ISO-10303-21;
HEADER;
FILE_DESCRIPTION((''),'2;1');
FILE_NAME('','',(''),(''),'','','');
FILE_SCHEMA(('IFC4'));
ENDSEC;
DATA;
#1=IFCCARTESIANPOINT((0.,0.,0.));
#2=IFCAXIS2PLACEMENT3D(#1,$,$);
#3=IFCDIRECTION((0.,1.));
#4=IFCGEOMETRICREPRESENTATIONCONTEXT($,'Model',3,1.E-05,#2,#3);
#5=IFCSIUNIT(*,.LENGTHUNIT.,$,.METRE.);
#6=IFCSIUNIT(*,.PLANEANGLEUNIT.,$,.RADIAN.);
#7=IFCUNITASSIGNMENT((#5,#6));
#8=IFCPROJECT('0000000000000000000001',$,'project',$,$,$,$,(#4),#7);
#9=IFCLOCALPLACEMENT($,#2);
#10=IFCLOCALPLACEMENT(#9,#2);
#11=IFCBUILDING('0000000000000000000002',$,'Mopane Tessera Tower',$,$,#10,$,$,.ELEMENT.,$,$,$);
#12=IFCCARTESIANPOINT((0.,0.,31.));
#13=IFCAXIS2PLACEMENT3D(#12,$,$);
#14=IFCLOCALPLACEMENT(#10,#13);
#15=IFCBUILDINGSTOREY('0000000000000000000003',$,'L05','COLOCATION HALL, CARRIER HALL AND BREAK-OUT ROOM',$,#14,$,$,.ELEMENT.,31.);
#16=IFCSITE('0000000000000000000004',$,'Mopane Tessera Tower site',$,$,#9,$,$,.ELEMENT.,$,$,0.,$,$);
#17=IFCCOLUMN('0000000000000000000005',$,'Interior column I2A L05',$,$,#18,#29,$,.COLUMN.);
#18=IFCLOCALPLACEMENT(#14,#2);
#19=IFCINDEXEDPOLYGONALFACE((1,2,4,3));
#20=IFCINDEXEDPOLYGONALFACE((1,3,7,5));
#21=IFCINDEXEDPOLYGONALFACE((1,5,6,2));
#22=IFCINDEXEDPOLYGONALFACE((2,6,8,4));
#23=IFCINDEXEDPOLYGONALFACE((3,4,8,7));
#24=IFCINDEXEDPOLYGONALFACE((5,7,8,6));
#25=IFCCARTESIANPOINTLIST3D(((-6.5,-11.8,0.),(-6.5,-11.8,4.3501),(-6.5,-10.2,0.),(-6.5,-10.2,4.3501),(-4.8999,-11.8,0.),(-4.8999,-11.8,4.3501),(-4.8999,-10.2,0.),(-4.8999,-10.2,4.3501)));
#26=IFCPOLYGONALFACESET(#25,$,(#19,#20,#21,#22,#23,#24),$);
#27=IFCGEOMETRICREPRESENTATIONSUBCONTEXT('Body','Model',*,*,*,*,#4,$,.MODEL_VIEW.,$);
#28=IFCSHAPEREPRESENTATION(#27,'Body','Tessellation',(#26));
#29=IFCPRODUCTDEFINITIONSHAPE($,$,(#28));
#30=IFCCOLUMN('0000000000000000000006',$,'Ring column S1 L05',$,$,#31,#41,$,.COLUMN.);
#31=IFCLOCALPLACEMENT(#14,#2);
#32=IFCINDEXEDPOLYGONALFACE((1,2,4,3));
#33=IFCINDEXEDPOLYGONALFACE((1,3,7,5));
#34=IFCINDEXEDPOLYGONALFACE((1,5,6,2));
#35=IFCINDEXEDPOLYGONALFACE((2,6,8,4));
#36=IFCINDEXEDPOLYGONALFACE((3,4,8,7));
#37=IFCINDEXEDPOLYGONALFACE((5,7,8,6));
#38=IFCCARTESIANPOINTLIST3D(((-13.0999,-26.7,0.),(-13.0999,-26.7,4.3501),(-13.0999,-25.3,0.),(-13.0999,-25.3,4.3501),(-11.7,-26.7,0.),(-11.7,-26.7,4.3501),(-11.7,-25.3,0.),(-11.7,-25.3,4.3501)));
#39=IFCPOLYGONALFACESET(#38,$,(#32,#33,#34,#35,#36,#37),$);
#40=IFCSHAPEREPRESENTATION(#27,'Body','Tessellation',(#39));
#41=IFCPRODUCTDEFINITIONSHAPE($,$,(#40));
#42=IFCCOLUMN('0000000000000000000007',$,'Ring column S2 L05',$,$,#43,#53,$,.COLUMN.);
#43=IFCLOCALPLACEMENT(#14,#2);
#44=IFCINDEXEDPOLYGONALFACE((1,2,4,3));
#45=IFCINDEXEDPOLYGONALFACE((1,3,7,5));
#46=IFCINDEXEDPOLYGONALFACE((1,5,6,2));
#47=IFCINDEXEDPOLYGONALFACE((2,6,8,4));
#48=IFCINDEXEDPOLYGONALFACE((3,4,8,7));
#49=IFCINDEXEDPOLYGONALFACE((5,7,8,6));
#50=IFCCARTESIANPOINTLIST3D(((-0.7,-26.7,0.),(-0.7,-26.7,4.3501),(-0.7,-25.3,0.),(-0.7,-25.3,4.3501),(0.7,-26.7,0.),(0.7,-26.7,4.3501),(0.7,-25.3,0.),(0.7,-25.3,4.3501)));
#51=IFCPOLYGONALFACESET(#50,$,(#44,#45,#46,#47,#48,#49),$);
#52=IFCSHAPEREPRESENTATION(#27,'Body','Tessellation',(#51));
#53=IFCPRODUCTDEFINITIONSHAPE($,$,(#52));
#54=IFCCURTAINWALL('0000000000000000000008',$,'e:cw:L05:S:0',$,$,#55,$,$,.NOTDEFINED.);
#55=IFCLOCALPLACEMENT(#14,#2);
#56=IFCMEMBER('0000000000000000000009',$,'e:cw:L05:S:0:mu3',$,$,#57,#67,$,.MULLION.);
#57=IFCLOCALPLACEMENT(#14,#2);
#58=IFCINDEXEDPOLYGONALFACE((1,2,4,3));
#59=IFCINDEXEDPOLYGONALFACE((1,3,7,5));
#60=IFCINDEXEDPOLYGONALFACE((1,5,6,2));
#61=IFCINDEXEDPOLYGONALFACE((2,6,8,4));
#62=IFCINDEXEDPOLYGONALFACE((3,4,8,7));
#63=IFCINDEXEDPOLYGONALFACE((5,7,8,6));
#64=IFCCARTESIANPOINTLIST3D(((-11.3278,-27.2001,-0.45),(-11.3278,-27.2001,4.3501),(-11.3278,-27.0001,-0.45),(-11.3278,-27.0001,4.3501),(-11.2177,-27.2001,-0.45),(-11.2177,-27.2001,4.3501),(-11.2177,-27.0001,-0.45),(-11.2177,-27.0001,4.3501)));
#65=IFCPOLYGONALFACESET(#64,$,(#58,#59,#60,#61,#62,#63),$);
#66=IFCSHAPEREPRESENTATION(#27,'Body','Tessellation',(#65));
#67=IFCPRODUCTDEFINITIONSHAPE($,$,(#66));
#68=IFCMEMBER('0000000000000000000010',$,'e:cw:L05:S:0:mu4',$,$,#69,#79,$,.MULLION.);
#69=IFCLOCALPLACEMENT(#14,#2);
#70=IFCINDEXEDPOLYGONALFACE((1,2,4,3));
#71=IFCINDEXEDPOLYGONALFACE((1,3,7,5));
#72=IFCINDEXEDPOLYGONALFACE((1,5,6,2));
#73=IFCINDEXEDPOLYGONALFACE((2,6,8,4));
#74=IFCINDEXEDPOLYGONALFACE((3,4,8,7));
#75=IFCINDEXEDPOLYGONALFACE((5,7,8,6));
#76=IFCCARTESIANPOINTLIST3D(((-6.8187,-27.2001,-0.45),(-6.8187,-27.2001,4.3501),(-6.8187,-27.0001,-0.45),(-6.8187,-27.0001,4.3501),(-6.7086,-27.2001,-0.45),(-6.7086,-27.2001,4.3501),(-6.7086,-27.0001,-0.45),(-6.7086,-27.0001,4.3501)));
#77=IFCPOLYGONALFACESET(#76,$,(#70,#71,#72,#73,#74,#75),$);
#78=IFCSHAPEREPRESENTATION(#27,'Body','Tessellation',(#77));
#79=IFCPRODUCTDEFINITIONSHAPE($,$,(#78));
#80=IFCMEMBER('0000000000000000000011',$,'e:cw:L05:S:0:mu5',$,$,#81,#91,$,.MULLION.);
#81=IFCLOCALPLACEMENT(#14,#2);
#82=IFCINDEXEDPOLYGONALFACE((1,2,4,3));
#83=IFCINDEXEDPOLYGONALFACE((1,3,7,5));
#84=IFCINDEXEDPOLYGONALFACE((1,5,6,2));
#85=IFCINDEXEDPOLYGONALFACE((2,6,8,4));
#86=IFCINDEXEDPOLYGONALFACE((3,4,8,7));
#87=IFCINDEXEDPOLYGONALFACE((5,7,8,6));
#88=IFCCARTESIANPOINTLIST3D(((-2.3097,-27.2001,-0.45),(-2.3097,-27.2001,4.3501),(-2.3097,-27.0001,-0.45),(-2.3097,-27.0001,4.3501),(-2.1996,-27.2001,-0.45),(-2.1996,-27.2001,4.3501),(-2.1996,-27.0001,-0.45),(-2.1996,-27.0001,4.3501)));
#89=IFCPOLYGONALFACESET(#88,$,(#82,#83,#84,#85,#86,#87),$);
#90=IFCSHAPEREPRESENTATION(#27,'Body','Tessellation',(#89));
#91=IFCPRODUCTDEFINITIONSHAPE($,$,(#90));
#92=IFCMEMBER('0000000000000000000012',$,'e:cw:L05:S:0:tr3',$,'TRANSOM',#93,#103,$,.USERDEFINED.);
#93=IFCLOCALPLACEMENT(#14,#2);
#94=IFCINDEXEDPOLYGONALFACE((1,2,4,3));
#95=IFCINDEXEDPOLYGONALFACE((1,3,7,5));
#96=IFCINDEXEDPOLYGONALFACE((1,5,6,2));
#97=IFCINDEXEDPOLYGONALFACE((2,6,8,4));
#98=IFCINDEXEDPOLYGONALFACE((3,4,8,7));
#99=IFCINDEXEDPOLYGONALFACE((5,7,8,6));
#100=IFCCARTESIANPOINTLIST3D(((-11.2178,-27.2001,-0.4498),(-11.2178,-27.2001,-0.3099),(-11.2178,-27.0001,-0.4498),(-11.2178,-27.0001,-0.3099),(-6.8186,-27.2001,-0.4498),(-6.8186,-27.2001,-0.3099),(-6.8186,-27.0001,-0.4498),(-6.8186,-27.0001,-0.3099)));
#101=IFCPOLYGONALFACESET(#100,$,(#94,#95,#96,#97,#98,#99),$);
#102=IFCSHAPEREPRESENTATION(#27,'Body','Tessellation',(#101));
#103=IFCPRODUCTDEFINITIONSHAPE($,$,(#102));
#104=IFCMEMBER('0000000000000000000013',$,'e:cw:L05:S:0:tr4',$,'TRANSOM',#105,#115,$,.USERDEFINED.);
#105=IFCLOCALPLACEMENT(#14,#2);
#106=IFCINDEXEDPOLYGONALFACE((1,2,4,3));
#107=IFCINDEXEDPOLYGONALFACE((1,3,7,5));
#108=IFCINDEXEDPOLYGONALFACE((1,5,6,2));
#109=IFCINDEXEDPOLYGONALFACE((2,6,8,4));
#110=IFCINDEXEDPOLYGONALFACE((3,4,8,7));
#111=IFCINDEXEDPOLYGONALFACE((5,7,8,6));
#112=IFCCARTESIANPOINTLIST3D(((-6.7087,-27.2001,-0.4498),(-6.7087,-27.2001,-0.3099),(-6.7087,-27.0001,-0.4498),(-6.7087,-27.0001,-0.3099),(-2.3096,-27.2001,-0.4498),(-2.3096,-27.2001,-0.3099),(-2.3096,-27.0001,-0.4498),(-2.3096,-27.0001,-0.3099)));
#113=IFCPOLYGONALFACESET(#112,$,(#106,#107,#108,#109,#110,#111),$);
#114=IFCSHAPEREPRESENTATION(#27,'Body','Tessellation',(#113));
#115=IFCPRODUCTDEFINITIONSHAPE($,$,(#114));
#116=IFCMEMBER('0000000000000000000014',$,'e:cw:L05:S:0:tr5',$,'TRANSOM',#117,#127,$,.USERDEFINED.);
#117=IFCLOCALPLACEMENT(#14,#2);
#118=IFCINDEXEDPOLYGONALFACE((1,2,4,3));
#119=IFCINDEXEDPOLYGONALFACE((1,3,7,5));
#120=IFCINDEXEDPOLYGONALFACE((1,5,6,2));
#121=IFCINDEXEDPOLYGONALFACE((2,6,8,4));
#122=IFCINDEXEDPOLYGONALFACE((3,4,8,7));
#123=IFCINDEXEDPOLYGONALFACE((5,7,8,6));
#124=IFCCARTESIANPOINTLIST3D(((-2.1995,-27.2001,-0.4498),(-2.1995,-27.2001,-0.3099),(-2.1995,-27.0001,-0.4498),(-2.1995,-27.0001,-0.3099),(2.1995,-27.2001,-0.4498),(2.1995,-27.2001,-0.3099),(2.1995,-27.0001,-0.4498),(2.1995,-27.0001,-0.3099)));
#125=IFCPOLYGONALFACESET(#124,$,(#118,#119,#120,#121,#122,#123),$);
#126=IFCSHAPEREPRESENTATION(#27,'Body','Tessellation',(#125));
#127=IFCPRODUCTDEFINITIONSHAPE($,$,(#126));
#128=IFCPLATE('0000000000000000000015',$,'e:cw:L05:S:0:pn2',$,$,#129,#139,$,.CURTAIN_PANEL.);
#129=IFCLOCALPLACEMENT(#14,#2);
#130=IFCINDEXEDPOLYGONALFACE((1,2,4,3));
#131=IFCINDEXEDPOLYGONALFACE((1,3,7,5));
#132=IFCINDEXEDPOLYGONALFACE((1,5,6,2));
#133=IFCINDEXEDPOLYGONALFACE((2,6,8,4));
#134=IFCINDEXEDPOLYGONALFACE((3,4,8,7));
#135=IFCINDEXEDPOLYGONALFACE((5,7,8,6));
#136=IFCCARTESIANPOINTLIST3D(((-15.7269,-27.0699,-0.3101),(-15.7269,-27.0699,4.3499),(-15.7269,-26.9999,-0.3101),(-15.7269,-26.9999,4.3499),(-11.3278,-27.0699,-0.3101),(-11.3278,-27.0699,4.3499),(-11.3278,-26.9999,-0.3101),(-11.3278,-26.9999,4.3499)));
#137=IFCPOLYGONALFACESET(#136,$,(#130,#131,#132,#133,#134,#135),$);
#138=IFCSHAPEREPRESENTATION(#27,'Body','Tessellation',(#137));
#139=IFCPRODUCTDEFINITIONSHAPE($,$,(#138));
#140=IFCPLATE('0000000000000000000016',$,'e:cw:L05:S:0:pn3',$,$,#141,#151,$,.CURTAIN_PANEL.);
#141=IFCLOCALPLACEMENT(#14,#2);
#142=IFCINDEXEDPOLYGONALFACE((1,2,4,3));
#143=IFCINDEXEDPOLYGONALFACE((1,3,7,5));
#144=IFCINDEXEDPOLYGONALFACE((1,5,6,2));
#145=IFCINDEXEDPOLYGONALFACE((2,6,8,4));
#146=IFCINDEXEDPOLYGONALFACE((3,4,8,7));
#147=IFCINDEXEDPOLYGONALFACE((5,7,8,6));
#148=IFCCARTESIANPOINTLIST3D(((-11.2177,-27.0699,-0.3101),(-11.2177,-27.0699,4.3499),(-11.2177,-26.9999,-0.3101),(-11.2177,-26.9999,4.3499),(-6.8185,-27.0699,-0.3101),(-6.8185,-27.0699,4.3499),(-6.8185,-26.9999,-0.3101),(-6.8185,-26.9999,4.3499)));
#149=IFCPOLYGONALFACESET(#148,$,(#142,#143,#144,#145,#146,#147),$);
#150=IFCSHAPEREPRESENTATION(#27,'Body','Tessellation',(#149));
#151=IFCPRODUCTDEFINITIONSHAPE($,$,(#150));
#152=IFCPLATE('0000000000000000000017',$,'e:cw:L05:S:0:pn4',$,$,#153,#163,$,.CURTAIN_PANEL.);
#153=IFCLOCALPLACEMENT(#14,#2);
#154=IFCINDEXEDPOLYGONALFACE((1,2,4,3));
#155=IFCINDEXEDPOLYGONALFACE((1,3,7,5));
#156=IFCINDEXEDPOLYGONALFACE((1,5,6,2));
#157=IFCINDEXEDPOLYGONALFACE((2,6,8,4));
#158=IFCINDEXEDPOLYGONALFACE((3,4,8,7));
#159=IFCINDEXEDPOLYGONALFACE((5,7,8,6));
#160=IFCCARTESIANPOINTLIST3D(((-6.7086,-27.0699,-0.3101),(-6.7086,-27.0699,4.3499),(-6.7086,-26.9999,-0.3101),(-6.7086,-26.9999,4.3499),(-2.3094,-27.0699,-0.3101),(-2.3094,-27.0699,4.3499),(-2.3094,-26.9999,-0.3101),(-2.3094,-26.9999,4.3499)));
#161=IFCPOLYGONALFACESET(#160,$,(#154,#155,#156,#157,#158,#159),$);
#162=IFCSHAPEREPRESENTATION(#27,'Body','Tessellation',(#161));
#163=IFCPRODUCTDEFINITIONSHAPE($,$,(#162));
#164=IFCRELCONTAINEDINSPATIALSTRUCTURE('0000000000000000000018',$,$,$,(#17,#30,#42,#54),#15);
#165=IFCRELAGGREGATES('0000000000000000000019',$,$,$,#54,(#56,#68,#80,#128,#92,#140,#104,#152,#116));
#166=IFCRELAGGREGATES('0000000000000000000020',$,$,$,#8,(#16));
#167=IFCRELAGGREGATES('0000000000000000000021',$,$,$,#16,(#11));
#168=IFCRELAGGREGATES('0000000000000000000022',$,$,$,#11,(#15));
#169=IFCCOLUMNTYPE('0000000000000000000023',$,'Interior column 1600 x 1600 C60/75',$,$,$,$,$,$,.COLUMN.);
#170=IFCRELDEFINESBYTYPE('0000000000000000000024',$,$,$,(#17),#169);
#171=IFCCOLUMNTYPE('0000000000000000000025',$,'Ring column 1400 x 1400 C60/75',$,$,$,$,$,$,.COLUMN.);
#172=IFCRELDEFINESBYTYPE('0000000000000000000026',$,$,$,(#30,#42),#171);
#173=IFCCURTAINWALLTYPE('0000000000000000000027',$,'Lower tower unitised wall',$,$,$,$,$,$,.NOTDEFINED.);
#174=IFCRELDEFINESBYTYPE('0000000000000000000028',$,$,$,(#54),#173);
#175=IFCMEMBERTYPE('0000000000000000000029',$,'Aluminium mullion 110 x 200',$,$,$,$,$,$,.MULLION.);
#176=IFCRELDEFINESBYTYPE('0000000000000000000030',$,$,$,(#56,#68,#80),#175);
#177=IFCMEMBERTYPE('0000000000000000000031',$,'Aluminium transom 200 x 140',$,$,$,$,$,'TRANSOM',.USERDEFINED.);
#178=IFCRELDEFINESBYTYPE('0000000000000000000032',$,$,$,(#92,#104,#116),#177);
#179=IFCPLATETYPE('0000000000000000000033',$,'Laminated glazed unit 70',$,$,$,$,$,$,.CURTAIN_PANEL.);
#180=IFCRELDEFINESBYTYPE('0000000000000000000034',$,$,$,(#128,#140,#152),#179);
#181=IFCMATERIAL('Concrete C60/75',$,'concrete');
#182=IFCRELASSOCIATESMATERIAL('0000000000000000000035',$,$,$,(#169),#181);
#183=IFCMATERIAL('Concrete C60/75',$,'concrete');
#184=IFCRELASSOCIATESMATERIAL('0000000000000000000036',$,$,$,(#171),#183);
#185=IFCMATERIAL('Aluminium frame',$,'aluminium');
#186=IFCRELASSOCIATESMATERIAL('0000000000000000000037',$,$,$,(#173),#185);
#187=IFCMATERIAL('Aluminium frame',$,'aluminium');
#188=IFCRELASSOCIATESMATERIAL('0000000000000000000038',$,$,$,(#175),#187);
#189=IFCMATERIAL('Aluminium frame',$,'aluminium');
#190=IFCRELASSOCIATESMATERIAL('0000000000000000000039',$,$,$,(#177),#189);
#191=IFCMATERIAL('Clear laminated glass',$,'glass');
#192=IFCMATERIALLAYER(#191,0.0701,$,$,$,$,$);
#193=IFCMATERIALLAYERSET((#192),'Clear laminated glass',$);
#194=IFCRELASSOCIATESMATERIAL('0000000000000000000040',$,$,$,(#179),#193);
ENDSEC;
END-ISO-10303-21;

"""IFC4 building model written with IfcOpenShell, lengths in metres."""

from ifc_helpers import new_model, si_unit, direction, frame, origin, origin_2d, place, context, subcontext, project, spatial, rectangle, extrude, material, layer, layer_set, material_profile, profile_set, type_object, element, aggregate, save


model = new_model("IFC4")

# Units and contexts
model_context = context("Model", 3, precision=1e-05, world=origin(), true_north=direction((0.0, 1.0)))
body_context = subcontext(model_context, "Body", "Model", "MODEL_VIEW")
ifc_project = project(units=[si_unit("LENGTHUNIT", "METRE"), si_unit("PLANEANGLEUNIT", "RADIAN")], contexts=[model_context])

# Site, building, storey
site_placement = place(None, origin())
site = spatial("IfcSite", under=ifc_project, at=site_placement, Name="Mopane Tessera Tower site", CompositionType="ELEMENT", RefElevation=0.0)
building_placement = place(site_placement, origin())
building = spatial("IfcBuilding", under=site, at=building_placement, Name="Mopane Tessera Tower", CompositionType="ELEMENT")
storey_placement = place(building_placement, frame((0.0, 0.0, 31.0)))
storey = spatial("IfcBuildingStorey", under=building, at=storey_placement, Name="L05", Description="COLOCATION HALL, CARRIER HALL AND BREAK-OUT ROOM", CompositionType="ELEMENT", Elevation=31.0)

# Columns
ifc_material_1 = material(Name="Concrete C60/75", Category="concrete")
ifc_material_profile_1 = material_profile(ifc_material_1, rectangle(XDim=1.6001, YDim=1.6001, at=origin_2d()))
ifc_profile_set_1 = profile_set([ifc_material_profile_1], Name="Concrete C60/75")
column_type_1 = type_object("IfcColumnType", Name="Interior column 1600 x 1600 C60/75", PredefinedType="COLUMN", material=ifc_profile_set_1)
column_placement = place(storey_placement, frame((-5.7, -11.0, 0.0), z_axis=(0.0, 0.0, 1.0), x_axis=(1.0, 0.0, 0.0)))
element("IfcColumn", 1, at=column_placement, inside=storey, type_object=column_type_1, Name="Interior column I2A L05", PredefinedType="COLUMN", context=body_context, shape_type="SweptSolid", body=[
    extrude(rectangle(XDim=1.6001, YDim=1.6001, at=origin_2d()), origin(), (0.0, 0.0, 1.0), 4.3501),
])
ifc_material_2 = material(Name="Concrete C60/75", Category="concrete")
ifc_material_profile_2 = material_profile(ifc_material_2, rectangle(XDim=1.3999, YDim=1.3999, at=origin_2d()))
ifc_profile_set_2 = profile_set([ifc_material_profile_2], Name="Concrete C60/75")
column_type_2 = type_object("IfcColumnType", Name="Ring column 1400 x 1400 C60/75", PredefinedType="COLUMN", material=ifc_profile_set_2)
for number, where, z_axis, x_axis, name in (
    (2, (-12.3999, -26.0, 0.0), (0.0, 0.0, 1.0), (1.0, 0.0, 0.0), "Ring column S1 L05"),
    (3, (0.0, -26.0, 0.0), (0.0, 0.0, 1.0), (1.0, 0.0, 0.0), "Ring column S2 L05"),
):
    element("IfcColumn", number, at=place(storey_placement, frame(where, z_axis=z_axis, x_axis=x_axis)), inside=storey, type_object=column_type_2, Name=name, PredefinedType="COLUMN", context=body_context, shape_type="SweptSolid", body=[
        extrude(rectangle(XDim=1.3999, YDim=1.3999, at=origin_2d()), origin(), (0.0, 0.0, 1.0), 4.3501),
    ])

# Curtain wall, members, plates
ifc_material_3 = material(Name="Aluminium frame", Category="aluminium")
curtain_wall_type = type_object("IfcCurtainWallType", Name="Lower tower unitised wall", PredefinedType="NOTDEFINED", material=ifc_material_3)
curtain_wall_placement = place(storey_placement, origin())
curtain_wall = element("IfcCurtainWall", 4, at=curtain_wall_placement, inside=storey, type_object=curtain_wall_type, Name="e:cw:L05:S:0", PredefinedType="NOTDEFINED")
ifc_material_4 = material(Name="Aluminium frame", Category="aluminium")
ifc_material_profile_3 = material_profile(ifc_material_4, rectangle(XDim=0.1101, YDim=0.2, at=origin_2d()))
ifc_profile_set_3 = profile_set([ifc_material_profile_3], Name="Aluminium frame")
member_type_1 = type_object("IfcMemberType", Name="Aluminium mullion 110 x 200", PredefinedType="MULLION", material=ifc_profile_set_3)
member_1_placement = place(storey_placement, frame((-11.2727, -27.1001, -0.45), z_axis=(0.0, 0.0, 1.0), x_axis=(1.0, 0.0, 0.0)))
member_1 = element("IfcMember", 5, at=member_1_placement, type_object=member_type_1, Name="e:cw:L05:S:0:mu3", PredefinedType="MULLION", context=body_context, shape_type="SweptSolid", body=[
    extrude(rectangle(XDim=0.1101, YDim=0.2, at=origin_2d()), origin(), (0.0, 0.0, 1.0), 4.8),
])
member_2_placement = place(storey_placement, frame((-6.7637, -27.1001, -0.45), z_axis=(0.0, 0.0, 1.0), x_axis=(1.0, 0.0, 0.0)))
member_2 = element("IfcMember", 6, at=member_2_placement, type_object=member_type_1, Name="e:cw:L05:S:0:mu4", PredefinedType="MULLION", context=body_context, shape_type="SweptSolid", body=[
    extrude(rectangle(XDim=0.1101, YDim=0.2, at=origin_2d()), origin(), (0.0, 0.0, 1.0), 4.8),
])
member_3_placement = place(storey_placement, frame((-2.2546, -27.1001, -0.45), z_axis=(0.0, 0.0, 1.0), x_axis=(1.0, 0.0, 0.0)))
member_3 = element("IfcMember", 7, at=member_3_placement, type_object=member_type_1, Name="e:cw:L05:S:0:mu5", PredefinedType="MULLION", context=body_context, shape_type="SweptSolid", body=[
    extrude(rectangle(XDim=0.1101, YDim=0.2, at=origin_2d()), origin(), (0.0, 0.0, 1.0), 4.8),
])
ifc_material_5 = material(Name="Aluminium frame", Category="aluminium")
ifc_material_profile_4 = material_profile(ifc_material_5, rectangle(XDim=0.2, YDim=0.1399, at=origin_2d()))
ifc_profile_set_4 = profile_set([ifc_material_profile_4], Name="Aluminium frame")
member_type_2 = type_object("IfcMemberType", Name="Aluminium transom 200 x 140", ElementType="TRANSOM", PredefinedType="USERDEFINED", material=ifc_profile_set_4)
member_4_placement = place(storey_placement, frame((-11.2178, -27.1001, -0.3799), z_axis=(1.0, 0.0, 0.0), x_axis=(0.0, 1.0, 0.0)))
member_4 = element("IfcMember", 8, at=member_4_placement, type_object=member_type_2, Name="e:cw:L05:S:0:tr3", ObjectType="TRANSOM", PredefinedType="USERDEFINED", context=body_context, shape_type="SweptSolid", body=[
    extrude(rectangle(XDim=0.2, YDim=0.1399, at=origin_2d()), origin(), (0.0, 0.0, 1.0), 4.3992),
])
member_5_placement = place(storey_placement, frame((-6.7087, -27.1001, -0.3799), z_axis=(1.0, 0.0, 0.0), x_axis=(0.0, 1.0, 0.0)))
member_5 = element("IfcMember", 9, at=member_5_placement, type_object=member_type_2, Name="e:cw:L05:S:0:tr4", ObjectType="TRANSOM", PredefinedType="USERDEFINED", context=body_context, shape_type="SweptSolid", body=[
    extrude(rectangle(XDim=0.2, YDim=0.1399, at=origin_2d()), origin(), (0.0, 0.0, 1.0), 4.3992),
])
member_6_placement = place(storey_placement, frame((-2.1995, -27.1001, -0.3799), z_axis=(1.0, 0.0, 0.0), x_axis=(0.0, 1.0, 0.0)))
member_6 = element("IfcMember", 10, at=member_6_placement, type_object=member_type_2, Name="e:cw:L05:S:0:tr5", ObjectType="TRANSOM", PredefinedType="USERDEFINED", context=body_context, shape_type="SweptSolid", body=[
    extrude(rectangle(XDim=0.2, YDim=0.1399, at=origin_2d()), origin(), (0.0, 0.0, 1.0), 4.3989),
])
ifc_material_6 = material(Name="Clear laminated glass", Category="glass")
ifc_layer_1 = layer(ifc_material_6, 0.0701)
ifc_layer_set_1 = layer_set([ifc_layer_1], Name="Clear laminated glass")
plate_type = type_object("IfcPlateType", Name="Laminated glazed unit 70", PredefinedType="CURTAIN_PANEL", material=ifc_layer_set_1)
plate_1_placement = place(storey_placement, frame((-13.5273, -27.0349, -0.3101), z_axis=(0.0, 0.0, 1.0), x_axis=(1.0, 0.0, 0.0)))
plate_1 = element("IfcPlate", 11, at=plate_1_placement, type_object=plate_type, Name="e:cw:L05:S:0:pn2", PredefinedType="CURTAIN_PANEL", context=body_context, shape_type="SweptSolid", body=[
    extrude(rectangle(XDim=4.3992, YDim=0.0701, at=origin_2d()), origin(), (0.0, 0.0, 1.0), 4.6599),
])
plate_2_placement = place(storey_placement, frame((-9.0181, -27.0349, -0.3101), z_axis=(0.0, 0.0, 1.0), x_axis=(1.0, 0.0, 0.0)))
plate_2 = element("IfcPlate", 12, at=plate_2_placement, type_object=plate_type, Name="e:cw:L05:S:0:pn3", PredefinedType="CURTAIN_PANEL", context=body_context, shape_type="SweptSolid", body=[
    extrude(rectangle(XDim=4.3992, YDim=0.0701, at=origin_2d()), origin(), (0.0, 0.0, 1.0), 4.6599),
])
plate_3_placement = place(storey_placement, frame((-4.509, -27.0349, -0.3101), z_axis=(0.0, 0.0, 1.0), x_axis=(1.0, 0.0, 0.0)))
plate_3 = element("IfcPlate", 13, at=plate_3_placement, type_object=plate_type, Name="e:cw:L05:S:0:pn4", PredefinedType="CURTAIN_PANEL", context=body_context, shape_type="SweptSolid", body=[
    extrude(rectangle(XDim=4.3992, YDim=0.0701, at=origin_2d()), origin(), (0.0, 0.0, 1.0), 4.6599),
])
aggregate(curtain_wall, [member_1, member_2, member_3, plate_1, member_4, plate_2, member_5, plate_3, member_6])

save(model, "model.ifc")
